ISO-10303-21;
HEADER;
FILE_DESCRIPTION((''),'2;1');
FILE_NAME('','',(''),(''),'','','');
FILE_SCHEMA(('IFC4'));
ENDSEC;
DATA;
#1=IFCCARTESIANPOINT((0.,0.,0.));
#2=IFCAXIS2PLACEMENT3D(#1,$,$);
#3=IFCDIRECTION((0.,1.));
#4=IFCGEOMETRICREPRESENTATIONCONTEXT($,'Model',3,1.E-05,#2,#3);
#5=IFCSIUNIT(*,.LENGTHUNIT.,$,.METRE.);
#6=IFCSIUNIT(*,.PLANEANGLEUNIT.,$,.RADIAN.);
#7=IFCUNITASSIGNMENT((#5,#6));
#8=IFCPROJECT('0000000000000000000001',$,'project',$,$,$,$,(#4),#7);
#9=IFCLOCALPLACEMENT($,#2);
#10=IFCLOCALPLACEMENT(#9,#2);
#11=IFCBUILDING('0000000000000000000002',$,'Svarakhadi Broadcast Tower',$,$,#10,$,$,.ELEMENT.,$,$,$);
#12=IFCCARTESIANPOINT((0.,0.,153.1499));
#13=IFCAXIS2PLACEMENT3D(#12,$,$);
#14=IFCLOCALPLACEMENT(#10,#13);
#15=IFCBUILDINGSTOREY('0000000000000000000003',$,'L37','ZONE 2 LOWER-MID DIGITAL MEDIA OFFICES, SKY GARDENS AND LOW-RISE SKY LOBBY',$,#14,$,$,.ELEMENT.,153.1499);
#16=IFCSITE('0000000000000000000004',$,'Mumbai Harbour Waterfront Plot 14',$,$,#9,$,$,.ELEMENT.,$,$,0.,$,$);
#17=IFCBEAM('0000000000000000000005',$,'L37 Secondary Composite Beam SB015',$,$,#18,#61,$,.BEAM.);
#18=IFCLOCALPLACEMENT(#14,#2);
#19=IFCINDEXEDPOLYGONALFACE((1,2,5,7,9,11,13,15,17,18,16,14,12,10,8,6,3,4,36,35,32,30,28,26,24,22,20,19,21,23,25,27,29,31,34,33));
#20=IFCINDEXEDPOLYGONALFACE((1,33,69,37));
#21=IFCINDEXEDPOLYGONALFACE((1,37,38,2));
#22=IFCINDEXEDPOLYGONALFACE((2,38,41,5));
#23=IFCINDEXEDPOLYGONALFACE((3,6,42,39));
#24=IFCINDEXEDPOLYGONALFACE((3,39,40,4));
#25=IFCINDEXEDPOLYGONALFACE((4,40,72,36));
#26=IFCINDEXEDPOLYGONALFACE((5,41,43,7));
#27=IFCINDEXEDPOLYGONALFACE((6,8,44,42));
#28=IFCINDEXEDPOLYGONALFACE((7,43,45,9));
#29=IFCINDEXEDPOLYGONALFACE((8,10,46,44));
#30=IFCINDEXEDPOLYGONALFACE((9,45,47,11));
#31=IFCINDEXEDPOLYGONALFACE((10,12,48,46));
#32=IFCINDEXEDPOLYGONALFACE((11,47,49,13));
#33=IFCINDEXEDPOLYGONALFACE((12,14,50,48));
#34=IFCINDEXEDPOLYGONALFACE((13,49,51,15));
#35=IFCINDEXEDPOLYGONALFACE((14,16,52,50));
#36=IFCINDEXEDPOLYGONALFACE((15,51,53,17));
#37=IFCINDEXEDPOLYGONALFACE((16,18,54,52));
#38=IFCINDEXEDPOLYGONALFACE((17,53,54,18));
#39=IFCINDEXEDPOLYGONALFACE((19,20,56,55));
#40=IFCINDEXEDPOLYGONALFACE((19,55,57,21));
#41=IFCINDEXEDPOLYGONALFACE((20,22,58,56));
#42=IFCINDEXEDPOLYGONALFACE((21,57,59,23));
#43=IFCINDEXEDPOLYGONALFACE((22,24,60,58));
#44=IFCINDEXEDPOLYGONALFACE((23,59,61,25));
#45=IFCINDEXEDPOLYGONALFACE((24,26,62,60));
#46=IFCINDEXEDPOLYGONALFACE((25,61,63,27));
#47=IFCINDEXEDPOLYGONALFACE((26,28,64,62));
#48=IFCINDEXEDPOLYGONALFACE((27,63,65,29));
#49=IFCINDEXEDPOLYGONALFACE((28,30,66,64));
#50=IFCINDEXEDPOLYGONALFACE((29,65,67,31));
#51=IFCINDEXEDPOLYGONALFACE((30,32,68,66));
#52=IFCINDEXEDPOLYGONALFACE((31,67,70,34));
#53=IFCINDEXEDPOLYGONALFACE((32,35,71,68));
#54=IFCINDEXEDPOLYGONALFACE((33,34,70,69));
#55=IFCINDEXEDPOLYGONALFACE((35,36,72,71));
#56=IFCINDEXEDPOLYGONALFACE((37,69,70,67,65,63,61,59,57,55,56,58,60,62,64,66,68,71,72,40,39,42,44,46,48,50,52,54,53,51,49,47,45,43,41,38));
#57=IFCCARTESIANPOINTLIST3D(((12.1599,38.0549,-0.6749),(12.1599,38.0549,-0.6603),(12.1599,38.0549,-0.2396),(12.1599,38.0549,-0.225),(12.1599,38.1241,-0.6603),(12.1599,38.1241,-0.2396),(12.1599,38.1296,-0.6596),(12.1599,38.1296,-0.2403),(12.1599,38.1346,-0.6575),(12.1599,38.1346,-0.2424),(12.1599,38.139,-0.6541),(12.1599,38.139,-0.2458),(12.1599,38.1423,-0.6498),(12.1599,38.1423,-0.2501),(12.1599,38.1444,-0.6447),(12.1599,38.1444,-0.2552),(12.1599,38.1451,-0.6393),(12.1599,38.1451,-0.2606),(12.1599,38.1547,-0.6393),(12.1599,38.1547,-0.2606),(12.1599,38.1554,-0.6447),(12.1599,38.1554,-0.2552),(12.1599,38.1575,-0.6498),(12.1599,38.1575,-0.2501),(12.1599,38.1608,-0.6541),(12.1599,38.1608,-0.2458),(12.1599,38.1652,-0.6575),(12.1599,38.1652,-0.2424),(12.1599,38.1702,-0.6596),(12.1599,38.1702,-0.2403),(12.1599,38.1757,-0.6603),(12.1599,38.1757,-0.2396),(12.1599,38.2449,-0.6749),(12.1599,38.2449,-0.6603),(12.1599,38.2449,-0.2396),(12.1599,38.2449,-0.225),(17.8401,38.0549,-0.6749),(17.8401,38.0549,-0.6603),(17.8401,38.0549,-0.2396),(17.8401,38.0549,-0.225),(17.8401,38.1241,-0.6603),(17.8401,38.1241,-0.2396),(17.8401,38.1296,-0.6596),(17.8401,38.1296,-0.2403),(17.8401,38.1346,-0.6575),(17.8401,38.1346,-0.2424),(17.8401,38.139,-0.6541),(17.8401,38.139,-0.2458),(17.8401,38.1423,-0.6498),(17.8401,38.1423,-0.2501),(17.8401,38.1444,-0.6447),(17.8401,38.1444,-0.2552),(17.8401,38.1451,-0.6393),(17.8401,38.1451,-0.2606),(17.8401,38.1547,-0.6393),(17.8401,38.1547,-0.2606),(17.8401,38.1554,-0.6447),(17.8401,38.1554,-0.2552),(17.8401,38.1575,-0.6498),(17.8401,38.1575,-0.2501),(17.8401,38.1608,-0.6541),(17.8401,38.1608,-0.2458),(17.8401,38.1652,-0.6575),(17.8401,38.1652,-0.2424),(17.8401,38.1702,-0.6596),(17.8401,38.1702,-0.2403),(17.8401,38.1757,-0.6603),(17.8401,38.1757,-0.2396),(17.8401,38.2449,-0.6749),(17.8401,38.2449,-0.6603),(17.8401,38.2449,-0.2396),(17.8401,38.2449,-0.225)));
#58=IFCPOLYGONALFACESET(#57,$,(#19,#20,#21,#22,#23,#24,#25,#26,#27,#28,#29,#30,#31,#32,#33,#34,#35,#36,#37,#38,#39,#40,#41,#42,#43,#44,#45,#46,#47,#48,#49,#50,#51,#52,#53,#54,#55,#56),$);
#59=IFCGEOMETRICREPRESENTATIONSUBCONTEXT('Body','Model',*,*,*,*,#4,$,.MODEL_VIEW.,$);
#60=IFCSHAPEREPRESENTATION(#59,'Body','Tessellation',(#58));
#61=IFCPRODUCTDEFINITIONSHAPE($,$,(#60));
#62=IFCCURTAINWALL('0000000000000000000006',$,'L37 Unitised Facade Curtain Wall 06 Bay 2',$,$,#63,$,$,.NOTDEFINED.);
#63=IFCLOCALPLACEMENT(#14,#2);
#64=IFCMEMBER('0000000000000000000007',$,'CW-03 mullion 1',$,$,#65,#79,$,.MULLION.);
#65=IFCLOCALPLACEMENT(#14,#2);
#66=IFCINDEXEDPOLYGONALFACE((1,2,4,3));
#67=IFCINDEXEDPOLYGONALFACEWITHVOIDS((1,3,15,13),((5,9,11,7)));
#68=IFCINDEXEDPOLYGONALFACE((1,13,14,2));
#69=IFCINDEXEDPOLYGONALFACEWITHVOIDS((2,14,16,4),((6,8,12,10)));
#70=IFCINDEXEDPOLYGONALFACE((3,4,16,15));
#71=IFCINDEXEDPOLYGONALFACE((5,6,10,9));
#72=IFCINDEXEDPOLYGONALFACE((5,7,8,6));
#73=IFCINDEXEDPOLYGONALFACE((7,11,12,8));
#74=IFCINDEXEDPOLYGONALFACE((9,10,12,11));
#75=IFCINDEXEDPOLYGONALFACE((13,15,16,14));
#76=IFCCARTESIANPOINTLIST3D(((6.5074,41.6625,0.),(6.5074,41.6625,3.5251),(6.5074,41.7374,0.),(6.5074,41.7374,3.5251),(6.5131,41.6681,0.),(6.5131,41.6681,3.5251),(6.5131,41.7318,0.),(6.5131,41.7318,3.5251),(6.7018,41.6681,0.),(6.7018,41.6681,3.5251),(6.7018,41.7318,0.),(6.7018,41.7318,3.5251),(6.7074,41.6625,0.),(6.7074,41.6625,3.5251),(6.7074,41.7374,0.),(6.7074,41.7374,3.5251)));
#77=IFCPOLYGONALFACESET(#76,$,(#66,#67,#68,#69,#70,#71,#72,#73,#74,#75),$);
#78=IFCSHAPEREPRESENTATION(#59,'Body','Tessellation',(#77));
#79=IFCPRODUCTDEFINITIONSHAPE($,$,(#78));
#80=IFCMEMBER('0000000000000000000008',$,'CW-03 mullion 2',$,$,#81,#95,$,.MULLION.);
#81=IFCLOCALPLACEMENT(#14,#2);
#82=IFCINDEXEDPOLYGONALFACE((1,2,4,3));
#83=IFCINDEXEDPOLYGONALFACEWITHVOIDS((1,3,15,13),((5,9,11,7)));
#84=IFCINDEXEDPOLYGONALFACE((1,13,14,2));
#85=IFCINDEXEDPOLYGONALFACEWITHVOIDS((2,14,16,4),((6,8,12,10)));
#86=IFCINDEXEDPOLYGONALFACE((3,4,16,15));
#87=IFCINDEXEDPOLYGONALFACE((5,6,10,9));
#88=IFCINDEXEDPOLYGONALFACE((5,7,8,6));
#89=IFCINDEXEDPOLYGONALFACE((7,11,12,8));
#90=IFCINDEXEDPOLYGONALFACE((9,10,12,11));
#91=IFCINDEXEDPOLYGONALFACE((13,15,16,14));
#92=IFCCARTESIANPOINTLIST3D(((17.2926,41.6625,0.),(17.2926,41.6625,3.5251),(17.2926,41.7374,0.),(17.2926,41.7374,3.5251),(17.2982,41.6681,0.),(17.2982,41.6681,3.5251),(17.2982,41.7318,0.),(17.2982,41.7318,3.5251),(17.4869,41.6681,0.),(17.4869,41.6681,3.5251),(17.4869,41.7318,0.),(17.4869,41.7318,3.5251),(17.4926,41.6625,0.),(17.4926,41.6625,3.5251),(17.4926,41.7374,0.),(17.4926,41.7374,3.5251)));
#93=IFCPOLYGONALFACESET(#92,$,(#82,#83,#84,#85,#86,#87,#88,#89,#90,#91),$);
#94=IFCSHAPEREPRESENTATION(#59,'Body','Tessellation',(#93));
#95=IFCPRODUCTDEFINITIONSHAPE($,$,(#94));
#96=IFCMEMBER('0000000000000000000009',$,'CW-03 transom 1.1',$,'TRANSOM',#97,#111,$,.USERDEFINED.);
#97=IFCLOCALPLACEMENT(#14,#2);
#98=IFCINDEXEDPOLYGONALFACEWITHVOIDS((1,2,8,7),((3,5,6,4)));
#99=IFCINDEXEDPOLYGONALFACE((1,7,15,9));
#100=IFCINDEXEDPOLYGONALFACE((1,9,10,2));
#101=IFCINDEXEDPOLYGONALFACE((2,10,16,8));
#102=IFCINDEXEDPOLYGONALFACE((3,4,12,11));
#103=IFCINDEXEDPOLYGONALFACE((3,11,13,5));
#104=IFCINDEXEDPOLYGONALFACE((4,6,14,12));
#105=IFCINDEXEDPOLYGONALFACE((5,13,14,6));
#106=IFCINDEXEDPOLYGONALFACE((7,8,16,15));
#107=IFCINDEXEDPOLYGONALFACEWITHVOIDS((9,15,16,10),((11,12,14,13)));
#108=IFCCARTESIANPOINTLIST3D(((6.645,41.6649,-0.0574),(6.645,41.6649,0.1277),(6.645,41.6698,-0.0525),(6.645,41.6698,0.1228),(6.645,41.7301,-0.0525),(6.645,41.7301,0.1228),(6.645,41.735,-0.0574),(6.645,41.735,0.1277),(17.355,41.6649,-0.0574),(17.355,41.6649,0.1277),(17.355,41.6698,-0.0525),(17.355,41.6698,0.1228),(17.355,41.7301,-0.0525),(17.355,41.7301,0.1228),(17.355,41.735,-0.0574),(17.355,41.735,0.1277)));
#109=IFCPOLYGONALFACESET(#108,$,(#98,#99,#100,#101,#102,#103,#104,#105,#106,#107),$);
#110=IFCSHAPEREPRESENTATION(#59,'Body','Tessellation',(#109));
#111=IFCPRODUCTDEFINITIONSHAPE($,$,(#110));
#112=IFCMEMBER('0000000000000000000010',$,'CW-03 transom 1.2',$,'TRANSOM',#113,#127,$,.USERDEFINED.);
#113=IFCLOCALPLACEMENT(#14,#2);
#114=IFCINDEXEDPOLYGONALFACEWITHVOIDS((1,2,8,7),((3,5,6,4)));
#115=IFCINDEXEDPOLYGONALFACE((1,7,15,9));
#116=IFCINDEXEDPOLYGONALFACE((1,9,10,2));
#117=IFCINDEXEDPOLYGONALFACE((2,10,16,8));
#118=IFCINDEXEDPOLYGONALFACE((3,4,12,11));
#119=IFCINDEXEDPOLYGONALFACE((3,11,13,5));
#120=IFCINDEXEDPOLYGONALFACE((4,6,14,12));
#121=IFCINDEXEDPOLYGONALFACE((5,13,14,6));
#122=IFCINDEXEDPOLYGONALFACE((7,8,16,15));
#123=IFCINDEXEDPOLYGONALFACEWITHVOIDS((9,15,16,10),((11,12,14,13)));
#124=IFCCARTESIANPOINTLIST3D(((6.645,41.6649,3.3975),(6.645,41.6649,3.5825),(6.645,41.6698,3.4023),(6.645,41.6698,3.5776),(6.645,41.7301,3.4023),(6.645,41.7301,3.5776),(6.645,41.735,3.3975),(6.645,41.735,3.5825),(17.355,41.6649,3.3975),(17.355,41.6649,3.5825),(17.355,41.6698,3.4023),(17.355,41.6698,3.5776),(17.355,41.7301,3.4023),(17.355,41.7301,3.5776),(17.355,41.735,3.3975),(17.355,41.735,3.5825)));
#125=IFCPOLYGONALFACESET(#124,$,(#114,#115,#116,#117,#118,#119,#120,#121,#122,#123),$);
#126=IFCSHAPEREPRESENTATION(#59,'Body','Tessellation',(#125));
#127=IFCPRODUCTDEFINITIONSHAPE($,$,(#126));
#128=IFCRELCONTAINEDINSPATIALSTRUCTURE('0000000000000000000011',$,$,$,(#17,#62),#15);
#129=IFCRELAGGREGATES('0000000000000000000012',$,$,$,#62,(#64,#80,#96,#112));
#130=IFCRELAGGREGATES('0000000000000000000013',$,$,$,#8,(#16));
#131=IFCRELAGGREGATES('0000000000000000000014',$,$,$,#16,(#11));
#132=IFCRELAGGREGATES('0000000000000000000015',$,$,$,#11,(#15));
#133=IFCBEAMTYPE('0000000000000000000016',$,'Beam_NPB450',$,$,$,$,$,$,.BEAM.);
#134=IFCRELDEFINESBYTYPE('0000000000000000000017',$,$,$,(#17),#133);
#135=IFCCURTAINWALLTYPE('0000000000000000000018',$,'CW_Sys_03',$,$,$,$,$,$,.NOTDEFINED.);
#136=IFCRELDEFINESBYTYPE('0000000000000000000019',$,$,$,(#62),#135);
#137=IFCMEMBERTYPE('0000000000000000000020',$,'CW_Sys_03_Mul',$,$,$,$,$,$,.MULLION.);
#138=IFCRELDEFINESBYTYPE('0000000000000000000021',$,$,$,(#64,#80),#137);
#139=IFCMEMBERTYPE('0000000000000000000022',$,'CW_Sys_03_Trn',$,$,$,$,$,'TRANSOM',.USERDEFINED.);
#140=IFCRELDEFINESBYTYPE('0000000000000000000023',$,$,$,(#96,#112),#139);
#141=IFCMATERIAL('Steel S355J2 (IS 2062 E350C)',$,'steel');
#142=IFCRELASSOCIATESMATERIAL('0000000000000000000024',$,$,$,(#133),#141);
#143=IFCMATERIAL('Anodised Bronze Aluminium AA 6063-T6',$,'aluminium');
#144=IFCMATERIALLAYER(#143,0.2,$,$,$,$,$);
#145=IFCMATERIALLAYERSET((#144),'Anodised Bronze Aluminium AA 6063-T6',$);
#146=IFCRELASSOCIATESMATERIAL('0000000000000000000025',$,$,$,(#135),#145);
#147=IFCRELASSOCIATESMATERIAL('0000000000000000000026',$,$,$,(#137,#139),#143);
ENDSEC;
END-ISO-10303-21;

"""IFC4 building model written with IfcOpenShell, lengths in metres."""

from ifc_helpers import new_model, si_unit, direction, frame, origin, origin_2d, place, context, subcontext, project, spatial, hollow_rectangle, i_section, extrude, material, layer, layer_set, material_profile, profile_set, type_object, element, aggregate, save


model = new_model("IFC4")

# Units and contexts
model_context = context("Model", 3, precision=1e-05, world=origin(), true_north=direction((0.0, 1.0)))
body_context = subcontext(model_context, "Body", "Model", "MODEL_VIEW")
ifc_project = project(units=[si_unit("LENGTHUNIT", "METRE"), si_unit("PLANEANGLEUNIT", "RADIAN")], contexts=[model_context])

# Site, building, storey
site_placement = place(None, origin())
site = spatial("IfcSite", under=ifc_project, at=site_placement, Name="Mumbai Harbour Waterfront Plot 14", CompositionType="ELEMENT", RefElevation=0.0)
building_placement = place(site_placement, origin())
building = spatial("IfcBuilding", under=site, at=building_placement, Name="Svarakhadi Broadcast Tower", CompositionType="ELEMENT")
storey_placement = place(building_placement, frame((0.0, 0.0, 153.1499)))
storey = spatial("IfcBuildingStorey", under=building, at=storey_placement, Name="L37", Description="ZONE 2 LOWER-MID DIGITAL MEDIA OFFICES, SKY GARDENS AND LOW-RISE SKY LOBBY", CompositionType="ELEMENT", Elevation=153.1499)

# Beam
ifc_material_1 = material(Name="Steel S355J2 (IS 2062 E350C)", Category="steel")
ifc_material_profile_1 = material_profile(ifc_material_1, i_section(OverallWidth=0.1899, OverallDepth=0.45, WebThickness=0.0095, FlangeThickness=0.0146, FilletRadius=0.021, at=origin_2d()), Name="NPB 450x190x78")
ifc_profile_set_1 = profile_set([ifc_material_profile_1], Name="Steel S355J2 (IS 2062 E350C)")
beam_type_1 = type_object("IfcBeamType", Name="Beam_NPB450", PredefinedType="BEAM", material=ifc_profile_set_1)
for number, where, z_axis, x_axis, name in (
    (1, (12.1599, 38.1499, -0.45), (1.0, 0.0, 0.0), (0.0, 1.0, 0.0), "L37 Secondary Composite Beam SB015"),
):
    element("IfcBeam", number, at=place(storey_placement, frame(where, z_axis=z_axis, x_axis=x_axis)), inside=storey, type_object=beam_type_1, Name=name, PredefinedType="BEAM", context=body_context, shape_type="SweptSolid", body=[
        extrude(i_section(OverallWidth=0.1899, OverallDepth=0.45, WebThickness=0.0095, FlangeThickness=0.0146, FilletRadius=0.021, at=origin_2d()), origin(), (0.0, 0.0, 1.0), 5.6802),
    ])

# Curtain wall, members
ifc_material_2 = material(Name="Anodised Bronze Aluminium AA 6063-T6", Category="aluminium")
ifc_layer_1 = layer(ifc_material_2, 0.2)
ifc_layer_set_1 = layer_set([ifc_layer_1], Name="Anodised Bronze Aluminium AA 6063-T6")
curtain_wall_type = type_object("IfcCurtainWallType", Name="CW_Sys_03", PredefinedType="NOTDEFINED", material=ifc_layer_set_1)
curtain_wall_placement = place(storey_placement, origin())
curtain_wall = element("IfcCurtainWall", 2, at=curtain_wall_placement, inside=storey, type_object=curtain_wall_type, Name="L37 Unitised Facade Curtain Wall 06 Bay 2", PredefinedType="NOTDEFINED")
ifc_material_profile_2 = material_profile(ifc_material_2, hollow_rectangle(XDim=0.075, YDim=0.2, WallThickness=0.0056, at=origin_2d()), Name="ALU MULLION 200x75x6")
ifc_profile_set_2 = profile_set([ifc_material_profile_2], Name="Anodised Bronze Aluminium AA 6063-T6")
member_type_1 = type_object("IfcMemberType", Name="CW_Sys_03_Mul", PredefinedType="MULLION", material=ifc_profile_set_2)
member_1_placement = place(storey_placement, frame((6.6074, 41.7, 0.0), z_axis=(0.0, 0.0, 1.0), x_axis=(0.0, 1.0, 0.0)))
member_1 = element("IfcMember", 3, at=member_1_placement, type_object=member_type_1, Name="CW-03 mullion 1", PredefinedType="MULLION", context=body_context, shape_type="SweptSolid", body=[
    extrude(hollow_rectangle(XDim=0.075, YDim=0.2, WallThickness=0.0056, at=origin_2d()), origin(), (0.0, 0.0, 1.0), 3.5251),
])
member_2_placement = place(storey_placement, frame((17.3926, 41.7, 0.0), z_axis=(0.0, 0.0, 1.0), x_axis=(0.0, 1.0, 0.0)))
member_2 = element("IfcMember", 4, at=member_2_placement, type_object=member_type_1, Name="CW-03 mullion 2", PredefinedType="MULLION", context=body_context, shape_type="SweptSolid", body=[
    extrude(hollow_rectangle(XDim=0.075, YDim=0.2, WallThickness=0.0056, at=origin_2d()), origin(), (0.0, 0.0, 1.0), 3.5251),
])
ifc_material_profile_3 = material_profile(ifc_material_2, hollow_rectangle(XDim=0.0701, YDim=0.1851, WallThickness=0.0049, at=origin_2d()), Name="ALU TRANSOM 185x70x5")
ifc_profile_set_3 = profile_set([ifc_material_profile_3], Name="Anodised Bronze Aluminium AA 6063-T6")
member_type_2 = type_object("IfcMemberType", Name="CW_Sys_03_Trn", ElementType="TRANSOM", PredefinedType="USERDEFINED", material=ifc_profile_set_3)
member_3_placement = place(storey_placement, frame((6.645, 41.7, 0.0352), z_axis=(1.0, 0.0, 0.0), x_axis=(0.0, 1.0, 0.0)))
member_3 = element("IfcMember", 5, at=member_3_placement, type_object=member_type_2, Name="CW-03 transom 1.1", ObjectType="TRANSOM", PredefinedType="USERDEFINED", context=body_context, shape_type="SweptSolid", body=[
    extrude(hollow_rectangle(XDim=0.0701, YDim=0.1851, WallThickness=0.0049, at=origin_2d()), origin(), (0.0, 0.0, 1.0), 10.71),
])
member_4_placement = place(storey_placement, frame((6.645, 41.7, 3.49), z_axis=(1.0, 0.0, 0.0), x_axis=(0.0, 1.0, 0.0)))
member_4 = element("IfcMember", 6, at=member_4_placement, type_object=member_type_2, Name="CW-03 transom 1.2", ObjectType="TRANSOM", PredefinedType="USERDEFINED", context=body_context, shape_type="SweptSolid", body=[
    extrude(hollow_rectangle(XDim=0.0701, YDim=0.1851, WallThickness=0.0049, at=origin_2d()), origin(), (0.0, 0.0, 1.0), 10.71),
])

aggregate(curtain_wall, [member_1, member_2, member_3, member_4])

save(model, "model.ifc")
